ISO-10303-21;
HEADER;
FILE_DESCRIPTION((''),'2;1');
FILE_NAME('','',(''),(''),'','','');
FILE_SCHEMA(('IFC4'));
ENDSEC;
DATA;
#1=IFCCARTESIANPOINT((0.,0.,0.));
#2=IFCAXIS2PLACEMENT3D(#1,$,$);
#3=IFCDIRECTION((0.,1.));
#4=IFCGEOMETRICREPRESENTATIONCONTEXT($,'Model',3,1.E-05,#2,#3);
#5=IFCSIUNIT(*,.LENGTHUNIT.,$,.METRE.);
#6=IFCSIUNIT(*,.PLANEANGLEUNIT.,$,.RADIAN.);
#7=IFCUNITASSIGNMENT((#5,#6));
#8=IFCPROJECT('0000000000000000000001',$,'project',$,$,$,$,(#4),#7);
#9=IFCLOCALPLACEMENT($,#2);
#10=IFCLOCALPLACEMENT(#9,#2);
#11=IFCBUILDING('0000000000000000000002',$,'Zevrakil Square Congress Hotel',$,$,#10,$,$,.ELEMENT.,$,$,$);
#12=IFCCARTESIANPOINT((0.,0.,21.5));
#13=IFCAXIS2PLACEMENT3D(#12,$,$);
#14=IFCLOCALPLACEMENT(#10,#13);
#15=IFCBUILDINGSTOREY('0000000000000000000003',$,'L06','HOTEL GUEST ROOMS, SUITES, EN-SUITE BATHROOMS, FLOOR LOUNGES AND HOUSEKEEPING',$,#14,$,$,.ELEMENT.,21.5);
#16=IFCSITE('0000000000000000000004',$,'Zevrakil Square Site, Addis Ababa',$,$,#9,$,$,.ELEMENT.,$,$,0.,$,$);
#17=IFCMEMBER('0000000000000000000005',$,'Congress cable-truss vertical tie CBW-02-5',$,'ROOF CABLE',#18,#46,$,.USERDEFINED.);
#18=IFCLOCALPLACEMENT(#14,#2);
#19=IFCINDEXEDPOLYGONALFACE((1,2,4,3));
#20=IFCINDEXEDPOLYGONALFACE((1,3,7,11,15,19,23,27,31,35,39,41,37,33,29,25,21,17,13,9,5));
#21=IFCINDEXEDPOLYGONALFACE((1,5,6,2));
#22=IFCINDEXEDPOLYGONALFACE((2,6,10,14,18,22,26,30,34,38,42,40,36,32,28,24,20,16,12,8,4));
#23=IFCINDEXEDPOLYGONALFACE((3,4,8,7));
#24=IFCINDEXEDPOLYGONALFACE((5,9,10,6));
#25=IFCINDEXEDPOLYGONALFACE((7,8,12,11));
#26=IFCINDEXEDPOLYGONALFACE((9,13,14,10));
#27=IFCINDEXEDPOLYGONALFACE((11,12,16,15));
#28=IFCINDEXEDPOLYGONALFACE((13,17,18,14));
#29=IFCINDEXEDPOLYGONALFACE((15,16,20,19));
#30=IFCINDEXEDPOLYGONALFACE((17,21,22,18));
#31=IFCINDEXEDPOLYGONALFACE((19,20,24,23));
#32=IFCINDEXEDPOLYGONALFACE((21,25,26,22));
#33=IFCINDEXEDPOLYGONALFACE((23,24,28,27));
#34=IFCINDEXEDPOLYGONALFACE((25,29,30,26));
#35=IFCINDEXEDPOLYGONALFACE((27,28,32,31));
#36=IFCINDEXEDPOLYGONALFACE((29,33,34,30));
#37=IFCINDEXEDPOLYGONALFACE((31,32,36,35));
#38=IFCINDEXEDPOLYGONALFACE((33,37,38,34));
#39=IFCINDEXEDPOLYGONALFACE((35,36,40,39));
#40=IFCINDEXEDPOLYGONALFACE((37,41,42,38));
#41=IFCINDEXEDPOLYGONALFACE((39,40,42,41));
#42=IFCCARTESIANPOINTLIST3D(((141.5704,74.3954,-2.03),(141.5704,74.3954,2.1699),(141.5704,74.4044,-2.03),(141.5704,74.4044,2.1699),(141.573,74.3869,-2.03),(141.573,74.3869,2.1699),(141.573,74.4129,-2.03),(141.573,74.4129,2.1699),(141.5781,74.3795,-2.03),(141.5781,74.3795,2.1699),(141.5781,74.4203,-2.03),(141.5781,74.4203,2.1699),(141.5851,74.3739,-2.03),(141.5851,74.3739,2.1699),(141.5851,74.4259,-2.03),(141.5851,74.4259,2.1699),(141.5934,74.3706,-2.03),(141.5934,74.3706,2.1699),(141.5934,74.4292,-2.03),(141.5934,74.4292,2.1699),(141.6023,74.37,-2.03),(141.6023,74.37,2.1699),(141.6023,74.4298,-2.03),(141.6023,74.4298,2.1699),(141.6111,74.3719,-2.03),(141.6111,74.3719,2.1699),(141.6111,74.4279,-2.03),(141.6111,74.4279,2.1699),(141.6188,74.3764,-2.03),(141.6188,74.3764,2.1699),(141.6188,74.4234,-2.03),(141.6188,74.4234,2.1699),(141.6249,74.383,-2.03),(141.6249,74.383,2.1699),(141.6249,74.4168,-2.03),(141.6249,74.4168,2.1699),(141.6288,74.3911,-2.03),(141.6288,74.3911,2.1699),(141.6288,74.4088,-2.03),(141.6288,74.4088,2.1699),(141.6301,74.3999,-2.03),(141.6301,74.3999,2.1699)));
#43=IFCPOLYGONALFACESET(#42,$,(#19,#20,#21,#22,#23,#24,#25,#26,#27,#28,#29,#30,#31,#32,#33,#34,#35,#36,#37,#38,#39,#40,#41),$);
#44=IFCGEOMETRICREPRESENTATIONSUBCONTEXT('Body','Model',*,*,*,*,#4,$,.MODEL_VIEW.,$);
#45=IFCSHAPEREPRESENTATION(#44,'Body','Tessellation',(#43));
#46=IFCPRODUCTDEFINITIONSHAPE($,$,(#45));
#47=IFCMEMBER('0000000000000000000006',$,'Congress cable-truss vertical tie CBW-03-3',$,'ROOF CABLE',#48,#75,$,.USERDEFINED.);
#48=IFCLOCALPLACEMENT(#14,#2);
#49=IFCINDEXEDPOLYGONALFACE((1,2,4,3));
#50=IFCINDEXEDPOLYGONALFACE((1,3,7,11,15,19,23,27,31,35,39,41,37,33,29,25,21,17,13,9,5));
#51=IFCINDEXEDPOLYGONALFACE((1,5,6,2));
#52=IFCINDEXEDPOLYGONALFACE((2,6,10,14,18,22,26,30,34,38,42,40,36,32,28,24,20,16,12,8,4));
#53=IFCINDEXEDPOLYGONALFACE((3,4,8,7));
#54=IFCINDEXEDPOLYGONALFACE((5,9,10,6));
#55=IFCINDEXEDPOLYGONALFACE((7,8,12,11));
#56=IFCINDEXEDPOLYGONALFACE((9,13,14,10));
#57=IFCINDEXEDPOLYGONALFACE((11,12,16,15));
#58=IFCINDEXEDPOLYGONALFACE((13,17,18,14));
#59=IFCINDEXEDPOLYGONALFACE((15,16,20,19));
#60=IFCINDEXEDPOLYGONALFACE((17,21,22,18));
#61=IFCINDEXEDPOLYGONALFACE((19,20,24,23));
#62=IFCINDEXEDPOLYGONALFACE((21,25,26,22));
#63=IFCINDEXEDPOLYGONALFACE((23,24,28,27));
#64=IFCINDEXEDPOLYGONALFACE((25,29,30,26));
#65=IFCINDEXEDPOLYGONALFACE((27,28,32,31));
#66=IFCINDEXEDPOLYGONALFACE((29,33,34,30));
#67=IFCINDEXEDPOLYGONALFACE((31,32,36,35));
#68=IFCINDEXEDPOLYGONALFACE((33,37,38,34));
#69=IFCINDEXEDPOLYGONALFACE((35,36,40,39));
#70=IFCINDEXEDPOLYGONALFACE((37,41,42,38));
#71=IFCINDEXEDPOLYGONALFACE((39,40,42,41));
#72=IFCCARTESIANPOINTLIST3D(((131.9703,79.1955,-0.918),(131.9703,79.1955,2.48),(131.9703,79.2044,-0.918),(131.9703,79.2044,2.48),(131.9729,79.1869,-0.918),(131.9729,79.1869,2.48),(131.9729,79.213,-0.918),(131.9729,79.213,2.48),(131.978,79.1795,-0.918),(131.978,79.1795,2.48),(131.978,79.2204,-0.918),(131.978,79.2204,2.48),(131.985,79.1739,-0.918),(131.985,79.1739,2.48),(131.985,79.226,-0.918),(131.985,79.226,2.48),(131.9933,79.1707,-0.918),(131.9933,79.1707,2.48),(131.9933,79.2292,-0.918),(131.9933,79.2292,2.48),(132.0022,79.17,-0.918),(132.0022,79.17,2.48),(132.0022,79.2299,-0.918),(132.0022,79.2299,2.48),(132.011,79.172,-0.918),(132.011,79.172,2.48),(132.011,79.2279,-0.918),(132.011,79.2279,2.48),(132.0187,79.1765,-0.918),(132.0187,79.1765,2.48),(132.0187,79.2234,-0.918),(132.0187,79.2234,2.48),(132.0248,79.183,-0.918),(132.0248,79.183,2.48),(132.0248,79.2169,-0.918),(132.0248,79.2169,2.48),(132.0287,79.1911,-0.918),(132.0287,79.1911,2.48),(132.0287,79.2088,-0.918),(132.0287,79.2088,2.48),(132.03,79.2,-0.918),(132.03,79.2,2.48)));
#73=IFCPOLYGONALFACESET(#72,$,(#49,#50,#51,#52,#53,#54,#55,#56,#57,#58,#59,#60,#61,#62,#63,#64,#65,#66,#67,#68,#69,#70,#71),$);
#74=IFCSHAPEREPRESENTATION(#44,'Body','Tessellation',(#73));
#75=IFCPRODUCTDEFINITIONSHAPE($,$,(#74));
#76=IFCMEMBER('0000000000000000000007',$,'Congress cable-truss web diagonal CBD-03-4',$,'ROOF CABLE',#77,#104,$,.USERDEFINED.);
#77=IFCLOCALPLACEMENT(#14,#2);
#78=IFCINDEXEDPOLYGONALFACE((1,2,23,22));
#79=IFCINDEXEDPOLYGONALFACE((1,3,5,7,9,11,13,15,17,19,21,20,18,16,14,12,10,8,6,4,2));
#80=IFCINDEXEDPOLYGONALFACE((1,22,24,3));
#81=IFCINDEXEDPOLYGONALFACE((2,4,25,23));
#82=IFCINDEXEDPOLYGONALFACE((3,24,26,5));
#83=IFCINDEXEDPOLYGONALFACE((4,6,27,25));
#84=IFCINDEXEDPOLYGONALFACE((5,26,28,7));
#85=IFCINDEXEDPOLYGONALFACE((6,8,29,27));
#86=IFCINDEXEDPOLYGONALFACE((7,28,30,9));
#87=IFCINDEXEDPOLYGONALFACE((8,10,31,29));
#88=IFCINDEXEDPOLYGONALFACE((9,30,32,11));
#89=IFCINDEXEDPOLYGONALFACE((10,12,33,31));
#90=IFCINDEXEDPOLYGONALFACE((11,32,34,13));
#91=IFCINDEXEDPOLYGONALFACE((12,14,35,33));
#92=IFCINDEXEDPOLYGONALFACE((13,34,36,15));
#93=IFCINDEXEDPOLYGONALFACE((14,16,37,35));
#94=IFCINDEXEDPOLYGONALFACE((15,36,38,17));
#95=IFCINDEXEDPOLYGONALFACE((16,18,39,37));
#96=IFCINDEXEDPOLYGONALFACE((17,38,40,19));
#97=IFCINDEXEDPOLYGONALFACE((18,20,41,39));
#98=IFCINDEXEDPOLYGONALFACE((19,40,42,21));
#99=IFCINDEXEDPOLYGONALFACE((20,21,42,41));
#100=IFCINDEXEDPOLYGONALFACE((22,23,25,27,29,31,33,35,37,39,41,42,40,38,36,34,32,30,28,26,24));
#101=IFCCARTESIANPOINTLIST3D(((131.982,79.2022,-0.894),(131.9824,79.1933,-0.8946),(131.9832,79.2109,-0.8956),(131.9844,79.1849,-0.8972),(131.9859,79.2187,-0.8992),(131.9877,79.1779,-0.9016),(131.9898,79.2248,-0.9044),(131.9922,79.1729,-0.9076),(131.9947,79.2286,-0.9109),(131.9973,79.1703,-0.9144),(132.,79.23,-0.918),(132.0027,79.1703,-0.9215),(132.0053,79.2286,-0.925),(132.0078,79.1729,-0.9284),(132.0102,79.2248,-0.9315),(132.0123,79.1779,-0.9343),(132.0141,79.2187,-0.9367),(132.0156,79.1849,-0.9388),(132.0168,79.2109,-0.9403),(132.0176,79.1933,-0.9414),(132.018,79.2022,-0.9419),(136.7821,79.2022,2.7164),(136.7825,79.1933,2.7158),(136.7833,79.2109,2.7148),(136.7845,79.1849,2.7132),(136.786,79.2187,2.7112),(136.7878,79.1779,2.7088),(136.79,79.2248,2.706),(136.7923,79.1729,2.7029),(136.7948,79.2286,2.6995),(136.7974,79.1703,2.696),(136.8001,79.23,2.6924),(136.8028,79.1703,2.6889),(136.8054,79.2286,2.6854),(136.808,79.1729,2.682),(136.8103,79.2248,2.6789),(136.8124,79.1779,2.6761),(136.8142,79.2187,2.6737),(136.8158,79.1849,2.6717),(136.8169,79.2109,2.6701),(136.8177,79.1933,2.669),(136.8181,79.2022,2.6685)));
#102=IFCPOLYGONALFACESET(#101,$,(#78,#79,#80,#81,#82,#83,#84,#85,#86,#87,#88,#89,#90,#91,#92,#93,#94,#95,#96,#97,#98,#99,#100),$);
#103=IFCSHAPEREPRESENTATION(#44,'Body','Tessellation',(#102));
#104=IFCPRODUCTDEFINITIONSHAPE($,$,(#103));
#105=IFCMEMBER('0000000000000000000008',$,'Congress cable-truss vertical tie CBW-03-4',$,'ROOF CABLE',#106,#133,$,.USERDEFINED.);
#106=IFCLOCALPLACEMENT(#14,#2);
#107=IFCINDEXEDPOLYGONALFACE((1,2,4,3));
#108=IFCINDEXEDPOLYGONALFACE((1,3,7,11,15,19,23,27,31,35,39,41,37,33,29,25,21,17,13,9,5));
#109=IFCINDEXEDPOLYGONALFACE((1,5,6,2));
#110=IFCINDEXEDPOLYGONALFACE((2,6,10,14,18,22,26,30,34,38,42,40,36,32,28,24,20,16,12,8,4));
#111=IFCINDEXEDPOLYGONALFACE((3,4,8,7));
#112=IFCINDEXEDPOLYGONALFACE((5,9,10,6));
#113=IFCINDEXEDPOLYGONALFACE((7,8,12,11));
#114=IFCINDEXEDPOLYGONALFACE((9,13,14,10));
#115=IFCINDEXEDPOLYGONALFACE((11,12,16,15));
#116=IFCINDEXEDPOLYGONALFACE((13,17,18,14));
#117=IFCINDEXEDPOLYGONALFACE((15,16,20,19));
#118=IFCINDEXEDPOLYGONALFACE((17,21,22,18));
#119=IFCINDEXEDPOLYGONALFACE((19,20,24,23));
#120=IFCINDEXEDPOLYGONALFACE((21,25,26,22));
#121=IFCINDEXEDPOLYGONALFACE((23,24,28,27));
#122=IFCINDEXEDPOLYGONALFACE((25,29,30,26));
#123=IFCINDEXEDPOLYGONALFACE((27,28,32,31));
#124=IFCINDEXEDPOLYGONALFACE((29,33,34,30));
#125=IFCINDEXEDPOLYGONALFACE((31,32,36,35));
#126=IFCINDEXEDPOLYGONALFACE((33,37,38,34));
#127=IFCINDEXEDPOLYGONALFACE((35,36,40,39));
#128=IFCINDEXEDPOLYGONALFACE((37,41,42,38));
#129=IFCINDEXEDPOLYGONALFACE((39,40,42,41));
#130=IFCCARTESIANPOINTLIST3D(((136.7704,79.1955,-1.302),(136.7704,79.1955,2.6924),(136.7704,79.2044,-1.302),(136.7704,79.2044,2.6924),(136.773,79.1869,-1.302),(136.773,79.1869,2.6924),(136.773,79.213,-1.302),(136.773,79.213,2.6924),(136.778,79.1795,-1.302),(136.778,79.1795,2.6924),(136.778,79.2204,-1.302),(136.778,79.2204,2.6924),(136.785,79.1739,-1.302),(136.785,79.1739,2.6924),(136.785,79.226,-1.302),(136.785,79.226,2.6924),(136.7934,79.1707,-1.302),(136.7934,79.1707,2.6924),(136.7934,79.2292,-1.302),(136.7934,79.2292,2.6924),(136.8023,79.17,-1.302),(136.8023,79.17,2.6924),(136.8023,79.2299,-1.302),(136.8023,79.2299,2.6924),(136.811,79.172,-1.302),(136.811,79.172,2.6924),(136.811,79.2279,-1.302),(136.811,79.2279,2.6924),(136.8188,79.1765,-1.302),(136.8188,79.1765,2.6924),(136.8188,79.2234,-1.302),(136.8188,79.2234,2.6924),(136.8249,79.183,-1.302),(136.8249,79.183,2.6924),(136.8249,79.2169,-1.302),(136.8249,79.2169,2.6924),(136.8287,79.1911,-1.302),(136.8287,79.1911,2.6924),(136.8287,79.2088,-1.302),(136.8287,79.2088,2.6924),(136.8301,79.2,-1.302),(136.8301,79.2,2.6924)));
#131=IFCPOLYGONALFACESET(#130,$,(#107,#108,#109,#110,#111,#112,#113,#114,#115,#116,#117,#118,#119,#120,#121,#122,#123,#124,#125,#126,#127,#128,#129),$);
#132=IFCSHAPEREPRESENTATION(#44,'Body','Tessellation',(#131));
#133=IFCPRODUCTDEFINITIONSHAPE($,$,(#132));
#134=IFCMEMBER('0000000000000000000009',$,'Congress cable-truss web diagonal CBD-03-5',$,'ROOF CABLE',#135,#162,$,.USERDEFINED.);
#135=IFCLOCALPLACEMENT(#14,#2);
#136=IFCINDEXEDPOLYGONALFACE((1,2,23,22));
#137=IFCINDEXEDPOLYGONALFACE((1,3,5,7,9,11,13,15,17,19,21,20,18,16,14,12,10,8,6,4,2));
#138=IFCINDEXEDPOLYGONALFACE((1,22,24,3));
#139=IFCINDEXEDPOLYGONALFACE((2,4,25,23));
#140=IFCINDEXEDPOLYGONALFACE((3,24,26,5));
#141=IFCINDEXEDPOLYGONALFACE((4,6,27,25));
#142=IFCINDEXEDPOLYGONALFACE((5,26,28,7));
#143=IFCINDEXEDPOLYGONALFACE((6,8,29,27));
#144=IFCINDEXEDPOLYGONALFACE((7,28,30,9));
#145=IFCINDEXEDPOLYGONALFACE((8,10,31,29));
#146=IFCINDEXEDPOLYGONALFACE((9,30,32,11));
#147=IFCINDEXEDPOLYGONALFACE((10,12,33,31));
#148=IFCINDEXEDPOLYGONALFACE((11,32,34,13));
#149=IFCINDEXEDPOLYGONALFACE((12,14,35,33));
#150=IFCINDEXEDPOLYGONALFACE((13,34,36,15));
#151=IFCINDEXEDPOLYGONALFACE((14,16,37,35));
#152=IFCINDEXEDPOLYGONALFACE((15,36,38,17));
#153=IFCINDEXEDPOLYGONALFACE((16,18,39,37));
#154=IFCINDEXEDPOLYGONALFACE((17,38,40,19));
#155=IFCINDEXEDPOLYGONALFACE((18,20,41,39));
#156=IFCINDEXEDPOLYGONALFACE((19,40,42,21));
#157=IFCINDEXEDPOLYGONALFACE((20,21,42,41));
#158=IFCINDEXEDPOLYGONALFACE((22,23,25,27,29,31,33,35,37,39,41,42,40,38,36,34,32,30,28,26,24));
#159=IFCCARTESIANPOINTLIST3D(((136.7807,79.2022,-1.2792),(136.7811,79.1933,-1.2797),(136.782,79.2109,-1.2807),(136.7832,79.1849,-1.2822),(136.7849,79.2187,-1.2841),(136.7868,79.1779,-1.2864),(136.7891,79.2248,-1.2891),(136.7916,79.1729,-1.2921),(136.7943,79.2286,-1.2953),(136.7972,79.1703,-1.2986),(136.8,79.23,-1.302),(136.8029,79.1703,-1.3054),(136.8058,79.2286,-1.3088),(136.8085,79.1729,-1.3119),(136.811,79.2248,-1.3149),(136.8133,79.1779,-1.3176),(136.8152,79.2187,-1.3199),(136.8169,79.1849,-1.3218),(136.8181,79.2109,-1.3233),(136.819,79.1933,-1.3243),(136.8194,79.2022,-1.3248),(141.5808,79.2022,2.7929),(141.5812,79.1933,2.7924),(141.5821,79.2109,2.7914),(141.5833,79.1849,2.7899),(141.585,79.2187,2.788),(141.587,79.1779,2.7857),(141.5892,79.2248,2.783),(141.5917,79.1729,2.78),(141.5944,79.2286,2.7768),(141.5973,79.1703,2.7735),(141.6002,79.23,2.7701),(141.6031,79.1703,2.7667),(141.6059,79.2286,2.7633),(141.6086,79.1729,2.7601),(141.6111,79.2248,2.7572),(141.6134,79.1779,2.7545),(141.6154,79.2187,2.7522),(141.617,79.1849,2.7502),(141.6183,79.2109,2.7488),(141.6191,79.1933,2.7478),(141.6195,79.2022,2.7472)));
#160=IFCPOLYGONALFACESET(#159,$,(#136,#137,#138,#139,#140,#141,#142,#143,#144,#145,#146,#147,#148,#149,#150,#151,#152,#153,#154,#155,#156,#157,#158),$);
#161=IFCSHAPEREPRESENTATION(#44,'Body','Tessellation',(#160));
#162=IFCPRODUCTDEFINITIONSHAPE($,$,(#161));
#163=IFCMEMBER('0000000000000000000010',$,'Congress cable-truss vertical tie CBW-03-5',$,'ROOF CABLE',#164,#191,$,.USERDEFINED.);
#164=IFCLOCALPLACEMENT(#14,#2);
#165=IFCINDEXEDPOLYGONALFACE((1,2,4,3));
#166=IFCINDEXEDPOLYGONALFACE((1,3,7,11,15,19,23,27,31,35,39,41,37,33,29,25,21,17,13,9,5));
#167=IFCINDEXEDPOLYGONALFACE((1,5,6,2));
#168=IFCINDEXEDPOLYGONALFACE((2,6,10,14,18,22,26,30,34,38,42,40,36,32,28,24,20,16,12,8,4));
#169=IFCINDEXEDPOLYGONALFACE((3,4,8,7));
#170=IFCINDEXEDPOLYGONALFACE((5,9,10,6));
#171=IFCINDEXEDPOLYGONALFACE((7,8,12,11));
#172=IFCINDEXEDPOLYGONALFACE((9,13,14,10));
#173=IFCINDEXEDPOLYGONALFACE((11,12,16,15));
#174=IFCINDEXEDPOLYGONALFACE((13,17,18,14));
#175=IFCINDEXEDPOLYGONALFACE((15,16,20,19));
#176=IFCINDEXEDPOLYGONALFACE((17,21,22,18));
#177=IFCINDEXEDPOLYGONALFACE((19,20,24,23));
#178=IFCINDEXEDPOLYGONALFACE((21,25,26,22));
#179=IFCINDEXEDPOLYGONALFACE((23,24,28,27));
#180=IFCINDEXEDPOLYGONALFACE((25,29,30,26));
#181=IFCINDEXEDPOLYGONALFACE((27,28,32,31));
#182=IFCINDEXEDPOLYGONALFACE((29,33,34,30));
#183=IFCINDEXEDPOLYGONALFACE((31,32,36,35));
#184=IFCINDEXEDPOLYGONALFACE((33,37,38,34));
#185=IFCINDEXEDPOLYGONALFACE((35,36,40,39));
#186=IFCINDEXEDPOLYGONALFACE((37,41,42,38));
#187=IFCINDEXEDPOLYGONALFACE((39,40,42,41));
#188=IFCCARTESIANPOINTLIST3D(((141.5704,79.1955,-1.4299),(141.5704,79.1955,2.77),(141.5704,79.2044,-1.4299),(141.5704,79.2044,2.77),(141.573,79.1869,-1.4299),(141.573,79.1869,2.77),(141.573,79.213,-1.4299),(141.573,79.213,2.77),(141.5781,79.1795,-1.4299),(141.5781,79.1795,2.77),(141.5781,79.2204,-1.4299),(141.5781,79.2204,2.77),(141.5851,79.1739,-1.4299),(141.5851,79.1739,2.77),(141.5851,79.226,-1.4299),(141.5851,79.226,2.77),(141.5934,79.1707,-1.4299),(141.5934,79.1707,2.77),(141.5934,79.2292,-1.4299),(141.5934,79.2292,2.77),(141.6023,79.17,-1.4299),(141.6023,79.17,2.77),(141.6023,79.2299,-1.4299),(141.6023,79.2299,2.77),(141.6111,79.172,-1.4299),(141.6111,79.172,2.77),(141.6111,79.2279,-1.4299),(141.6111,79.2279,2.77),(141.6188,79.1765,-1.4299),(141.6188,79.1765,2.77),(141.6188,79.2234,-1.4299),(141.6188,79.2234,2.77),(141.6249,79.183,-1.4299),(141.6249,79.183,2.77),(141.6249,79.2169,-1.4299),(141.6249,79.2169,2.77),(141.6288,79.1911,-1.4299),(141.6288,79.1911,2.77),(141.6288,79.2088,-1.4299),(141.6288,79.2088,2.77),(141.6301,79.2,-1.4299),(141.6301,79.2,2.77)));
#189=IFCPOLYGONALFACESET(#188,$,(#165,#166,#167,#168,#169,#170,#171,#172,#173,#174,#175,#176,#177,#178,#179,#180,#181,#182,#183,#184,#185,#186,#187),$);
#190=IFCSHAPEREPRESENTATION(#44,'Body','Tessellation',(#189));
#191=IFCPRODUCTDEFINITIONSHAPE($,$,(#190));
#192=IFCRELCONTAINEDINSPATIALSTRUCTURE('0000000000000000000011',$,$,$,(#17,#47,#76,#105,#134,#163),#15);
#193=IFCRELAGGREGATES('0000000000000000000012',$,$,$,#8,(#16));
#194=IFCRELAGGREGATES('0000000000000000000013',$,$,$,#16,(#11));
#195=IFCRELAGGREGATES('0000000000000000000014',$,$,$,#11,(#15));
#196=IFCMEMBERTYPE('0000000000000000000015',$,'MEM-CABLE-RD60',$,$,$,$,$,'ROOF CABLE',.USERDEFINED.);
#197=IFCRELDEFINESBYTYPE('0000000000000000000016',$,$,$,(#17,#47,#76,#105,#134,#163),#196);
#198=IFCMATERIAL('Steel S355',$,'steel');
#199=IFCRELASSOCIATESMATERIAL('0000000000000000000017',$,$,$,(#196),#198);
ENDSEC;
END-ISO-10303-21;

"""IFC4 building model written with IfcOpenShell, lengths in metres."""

from ifc_helpers import new_model, si_unit, direction, frame, origin, origin_2d, place, context, subcontext, project, spatial, circle, extrude, material, material_profile, profile_set, type_object, element, save


model = new_model("IFC4")

# Units and contexts
model_context = context("Model", 3, precision=1e-05, world=origin(), true_north=direction((0.0, 1.0)))
body_context = subcontext(model_context, "Body", "Model", "MODEL_VIEW")
ifc_project = project(units=[si_unit("LENGTHUNIT", "METRE"), si_unit("PLANEANGLEUNIT", "RADIAN")], contexts=[model_context])

# Site, building, storey
site_placement = place(None, origin())
site = spatial("IfcSite", under=ifc_project, at=site_placement, Name="Zevrakil Square Site, Addis Ababa", CompositionType="ELEMENT", RefElevation=0.0)
building_placement = place(site_placement, origin())
building = spatial("IfcBuilding", under=site, at=building_placement, Name="Zevrakil Square Congress Hotel", CompositionType="ELEMENT")
storey_placement = place(building_placement, frame((0.0, 0.0, 21.5)))
storey = spatial("IfcBuildingStorey", under=building, at=storey_placement, Name="L06", Description="HOTEL GUEST ROOMS, SUITES, EN-SUITE BATHROOMS, FLOOR LOUNGES AND HOUSEKEEPING", CompositionType="ELEMENT", Elevation=21.5)

# Members
ifc_material_1 = material(Name="Steel S355", Category="steel")
ifc_material_profile_1 = material_profile(ifc_material_1, circle(Radius=0.03, at=origin_2d()), Name="CABLE RD60")
ifc_profile_set_1 = profile_set([ifc_material_profile_1], Name="Steel S355")
member_type_1 = type_object("IfcMemberType", Name="MEM-CABLE-RD60", ElementType="ROOF CABLE", PredefinedType="USERDEFINED", material=ifc_profile_set_1)
member_1_placement = place(storey_placement, frame((141.6001, 74.3999, -2.03), z_axis=(0.0, 0.0, 1.0), x_axis=(1.0, 0.0, 0.0)))
element("IfcMember", 1, at=member_1_placement, inside=storey, type_object=member_type_1, Name="Congress cable-truss vertical tie CBW-02-5", ObjectType="ROOF CABLE", PredefinedType="USERDEFINED", context=body_context, shape_type="SweptSolid", body=[
    extrude(circle(Radius=0.03, at=origin_2d()), origin(), (0.0, 0.0, 1.0), 4.2),
])
member_2_placement = place(storey_placement, frame((132.0, 79.2, -0.918), z_axis=(0.0, 0.0, 1.0), x_axis=(1.0, 0.0, 0.0)))
element("IfcMember", 2, at=member_2_placement, inside=storey, type_object=member_type_1, Name="Congress cable-truss vertical tie CBW-03-3", ObjectType="ROOF CABLE", PredefinedType="USERDEFINED", context=body_context, shape_type="SweptSolid", body=[
    extrude(circle(Radius=0.03, at=origin_2d()), origin(), (0.0, 0.0, 1.0), 3.3979),
])
member_3_placement = place(storey_placement, frame((132.0, 79.2, -0.918), z_axis=(0.799175, 0.0, 0.601099), x_axis=(0.0, 1.0, 0.0)))
element("IfcMember", 3, at=member_3_placement, inside=storey, type_object=member_type_1, Name="Congress cable-truss web diagonal CBD-03-4", ObjectType="ROOF CABLE", PredefinedType="USERDEFINED", context=body_context, shape_type="SweptSolid", body=[
    extrude(circle(Radius=0.03, at=origin_2d()), origin(), (0.0, 0.0, 1.0), 6.0063),
])
member_4_placement = place(storey_placement, frame((136.8, 79.2, -1.302), z_axis=(0.0, 0.0, 1.0), x_axis=(1.0, 0.0, 0.0)))
element("IfcMember", 4, at=member_4_placement, inside=storey, type_object=member_type_1, Name="Congress cable-truss vertical tie CBW-03-4", ObjectType="ROOF CABLE", PredefinedType="USERDEFINED", context=body_context, shape_type="SweptSolid", body=[
    extrude(circle(Radius=0.03, at=origin_2d()), origin(), (0.0, 0.0, 1.0), 3.9944),
])
member_5_placement = place(storey_placement, frame((136.8, 79.2, -1.302), z_axis=(0.762568, 0.0, 0.646908), x_axis=(0.0, 1.0, 0.0)))
element("IfcMember", 5, at=member_5_placement, inside=storey, type_object=member_type_1, Name="Congress cable-truss web diagonal CBD-03-5", ObjectType="ROOF CABLE", PredefinedType="USERDEFINED", context=body_context, shape_type="SweptSolid", body=[
    extrude(circle(Radius=0.03, at=origin_2d()), origin(), (0.0, 0.0, 1.0), 6.2947),
])
member_6_placement = place(storey_placement, frame((141.6001, 79.2, -1.4299), z_axis=(0.0, 0.0, 1.0), x_axis=(1.0, 0.0, 0.0)))
element("IfcMember", 6, at=member_6_placement, inside=storey, type_object=member_type_1, Name="Congress cable-truss vertical tie CBW-03-5", ObjectType="ROOF CABLE", PredefinedType="USERDEFINED", context=body_context, shape_type="SweptSolid", body=[
    extrude(circle(Radius=0.03, at=origin_2d()), origin(), (0.0, 0.0, 1.0), 4.2),
])

save(model, "model.ifc")
